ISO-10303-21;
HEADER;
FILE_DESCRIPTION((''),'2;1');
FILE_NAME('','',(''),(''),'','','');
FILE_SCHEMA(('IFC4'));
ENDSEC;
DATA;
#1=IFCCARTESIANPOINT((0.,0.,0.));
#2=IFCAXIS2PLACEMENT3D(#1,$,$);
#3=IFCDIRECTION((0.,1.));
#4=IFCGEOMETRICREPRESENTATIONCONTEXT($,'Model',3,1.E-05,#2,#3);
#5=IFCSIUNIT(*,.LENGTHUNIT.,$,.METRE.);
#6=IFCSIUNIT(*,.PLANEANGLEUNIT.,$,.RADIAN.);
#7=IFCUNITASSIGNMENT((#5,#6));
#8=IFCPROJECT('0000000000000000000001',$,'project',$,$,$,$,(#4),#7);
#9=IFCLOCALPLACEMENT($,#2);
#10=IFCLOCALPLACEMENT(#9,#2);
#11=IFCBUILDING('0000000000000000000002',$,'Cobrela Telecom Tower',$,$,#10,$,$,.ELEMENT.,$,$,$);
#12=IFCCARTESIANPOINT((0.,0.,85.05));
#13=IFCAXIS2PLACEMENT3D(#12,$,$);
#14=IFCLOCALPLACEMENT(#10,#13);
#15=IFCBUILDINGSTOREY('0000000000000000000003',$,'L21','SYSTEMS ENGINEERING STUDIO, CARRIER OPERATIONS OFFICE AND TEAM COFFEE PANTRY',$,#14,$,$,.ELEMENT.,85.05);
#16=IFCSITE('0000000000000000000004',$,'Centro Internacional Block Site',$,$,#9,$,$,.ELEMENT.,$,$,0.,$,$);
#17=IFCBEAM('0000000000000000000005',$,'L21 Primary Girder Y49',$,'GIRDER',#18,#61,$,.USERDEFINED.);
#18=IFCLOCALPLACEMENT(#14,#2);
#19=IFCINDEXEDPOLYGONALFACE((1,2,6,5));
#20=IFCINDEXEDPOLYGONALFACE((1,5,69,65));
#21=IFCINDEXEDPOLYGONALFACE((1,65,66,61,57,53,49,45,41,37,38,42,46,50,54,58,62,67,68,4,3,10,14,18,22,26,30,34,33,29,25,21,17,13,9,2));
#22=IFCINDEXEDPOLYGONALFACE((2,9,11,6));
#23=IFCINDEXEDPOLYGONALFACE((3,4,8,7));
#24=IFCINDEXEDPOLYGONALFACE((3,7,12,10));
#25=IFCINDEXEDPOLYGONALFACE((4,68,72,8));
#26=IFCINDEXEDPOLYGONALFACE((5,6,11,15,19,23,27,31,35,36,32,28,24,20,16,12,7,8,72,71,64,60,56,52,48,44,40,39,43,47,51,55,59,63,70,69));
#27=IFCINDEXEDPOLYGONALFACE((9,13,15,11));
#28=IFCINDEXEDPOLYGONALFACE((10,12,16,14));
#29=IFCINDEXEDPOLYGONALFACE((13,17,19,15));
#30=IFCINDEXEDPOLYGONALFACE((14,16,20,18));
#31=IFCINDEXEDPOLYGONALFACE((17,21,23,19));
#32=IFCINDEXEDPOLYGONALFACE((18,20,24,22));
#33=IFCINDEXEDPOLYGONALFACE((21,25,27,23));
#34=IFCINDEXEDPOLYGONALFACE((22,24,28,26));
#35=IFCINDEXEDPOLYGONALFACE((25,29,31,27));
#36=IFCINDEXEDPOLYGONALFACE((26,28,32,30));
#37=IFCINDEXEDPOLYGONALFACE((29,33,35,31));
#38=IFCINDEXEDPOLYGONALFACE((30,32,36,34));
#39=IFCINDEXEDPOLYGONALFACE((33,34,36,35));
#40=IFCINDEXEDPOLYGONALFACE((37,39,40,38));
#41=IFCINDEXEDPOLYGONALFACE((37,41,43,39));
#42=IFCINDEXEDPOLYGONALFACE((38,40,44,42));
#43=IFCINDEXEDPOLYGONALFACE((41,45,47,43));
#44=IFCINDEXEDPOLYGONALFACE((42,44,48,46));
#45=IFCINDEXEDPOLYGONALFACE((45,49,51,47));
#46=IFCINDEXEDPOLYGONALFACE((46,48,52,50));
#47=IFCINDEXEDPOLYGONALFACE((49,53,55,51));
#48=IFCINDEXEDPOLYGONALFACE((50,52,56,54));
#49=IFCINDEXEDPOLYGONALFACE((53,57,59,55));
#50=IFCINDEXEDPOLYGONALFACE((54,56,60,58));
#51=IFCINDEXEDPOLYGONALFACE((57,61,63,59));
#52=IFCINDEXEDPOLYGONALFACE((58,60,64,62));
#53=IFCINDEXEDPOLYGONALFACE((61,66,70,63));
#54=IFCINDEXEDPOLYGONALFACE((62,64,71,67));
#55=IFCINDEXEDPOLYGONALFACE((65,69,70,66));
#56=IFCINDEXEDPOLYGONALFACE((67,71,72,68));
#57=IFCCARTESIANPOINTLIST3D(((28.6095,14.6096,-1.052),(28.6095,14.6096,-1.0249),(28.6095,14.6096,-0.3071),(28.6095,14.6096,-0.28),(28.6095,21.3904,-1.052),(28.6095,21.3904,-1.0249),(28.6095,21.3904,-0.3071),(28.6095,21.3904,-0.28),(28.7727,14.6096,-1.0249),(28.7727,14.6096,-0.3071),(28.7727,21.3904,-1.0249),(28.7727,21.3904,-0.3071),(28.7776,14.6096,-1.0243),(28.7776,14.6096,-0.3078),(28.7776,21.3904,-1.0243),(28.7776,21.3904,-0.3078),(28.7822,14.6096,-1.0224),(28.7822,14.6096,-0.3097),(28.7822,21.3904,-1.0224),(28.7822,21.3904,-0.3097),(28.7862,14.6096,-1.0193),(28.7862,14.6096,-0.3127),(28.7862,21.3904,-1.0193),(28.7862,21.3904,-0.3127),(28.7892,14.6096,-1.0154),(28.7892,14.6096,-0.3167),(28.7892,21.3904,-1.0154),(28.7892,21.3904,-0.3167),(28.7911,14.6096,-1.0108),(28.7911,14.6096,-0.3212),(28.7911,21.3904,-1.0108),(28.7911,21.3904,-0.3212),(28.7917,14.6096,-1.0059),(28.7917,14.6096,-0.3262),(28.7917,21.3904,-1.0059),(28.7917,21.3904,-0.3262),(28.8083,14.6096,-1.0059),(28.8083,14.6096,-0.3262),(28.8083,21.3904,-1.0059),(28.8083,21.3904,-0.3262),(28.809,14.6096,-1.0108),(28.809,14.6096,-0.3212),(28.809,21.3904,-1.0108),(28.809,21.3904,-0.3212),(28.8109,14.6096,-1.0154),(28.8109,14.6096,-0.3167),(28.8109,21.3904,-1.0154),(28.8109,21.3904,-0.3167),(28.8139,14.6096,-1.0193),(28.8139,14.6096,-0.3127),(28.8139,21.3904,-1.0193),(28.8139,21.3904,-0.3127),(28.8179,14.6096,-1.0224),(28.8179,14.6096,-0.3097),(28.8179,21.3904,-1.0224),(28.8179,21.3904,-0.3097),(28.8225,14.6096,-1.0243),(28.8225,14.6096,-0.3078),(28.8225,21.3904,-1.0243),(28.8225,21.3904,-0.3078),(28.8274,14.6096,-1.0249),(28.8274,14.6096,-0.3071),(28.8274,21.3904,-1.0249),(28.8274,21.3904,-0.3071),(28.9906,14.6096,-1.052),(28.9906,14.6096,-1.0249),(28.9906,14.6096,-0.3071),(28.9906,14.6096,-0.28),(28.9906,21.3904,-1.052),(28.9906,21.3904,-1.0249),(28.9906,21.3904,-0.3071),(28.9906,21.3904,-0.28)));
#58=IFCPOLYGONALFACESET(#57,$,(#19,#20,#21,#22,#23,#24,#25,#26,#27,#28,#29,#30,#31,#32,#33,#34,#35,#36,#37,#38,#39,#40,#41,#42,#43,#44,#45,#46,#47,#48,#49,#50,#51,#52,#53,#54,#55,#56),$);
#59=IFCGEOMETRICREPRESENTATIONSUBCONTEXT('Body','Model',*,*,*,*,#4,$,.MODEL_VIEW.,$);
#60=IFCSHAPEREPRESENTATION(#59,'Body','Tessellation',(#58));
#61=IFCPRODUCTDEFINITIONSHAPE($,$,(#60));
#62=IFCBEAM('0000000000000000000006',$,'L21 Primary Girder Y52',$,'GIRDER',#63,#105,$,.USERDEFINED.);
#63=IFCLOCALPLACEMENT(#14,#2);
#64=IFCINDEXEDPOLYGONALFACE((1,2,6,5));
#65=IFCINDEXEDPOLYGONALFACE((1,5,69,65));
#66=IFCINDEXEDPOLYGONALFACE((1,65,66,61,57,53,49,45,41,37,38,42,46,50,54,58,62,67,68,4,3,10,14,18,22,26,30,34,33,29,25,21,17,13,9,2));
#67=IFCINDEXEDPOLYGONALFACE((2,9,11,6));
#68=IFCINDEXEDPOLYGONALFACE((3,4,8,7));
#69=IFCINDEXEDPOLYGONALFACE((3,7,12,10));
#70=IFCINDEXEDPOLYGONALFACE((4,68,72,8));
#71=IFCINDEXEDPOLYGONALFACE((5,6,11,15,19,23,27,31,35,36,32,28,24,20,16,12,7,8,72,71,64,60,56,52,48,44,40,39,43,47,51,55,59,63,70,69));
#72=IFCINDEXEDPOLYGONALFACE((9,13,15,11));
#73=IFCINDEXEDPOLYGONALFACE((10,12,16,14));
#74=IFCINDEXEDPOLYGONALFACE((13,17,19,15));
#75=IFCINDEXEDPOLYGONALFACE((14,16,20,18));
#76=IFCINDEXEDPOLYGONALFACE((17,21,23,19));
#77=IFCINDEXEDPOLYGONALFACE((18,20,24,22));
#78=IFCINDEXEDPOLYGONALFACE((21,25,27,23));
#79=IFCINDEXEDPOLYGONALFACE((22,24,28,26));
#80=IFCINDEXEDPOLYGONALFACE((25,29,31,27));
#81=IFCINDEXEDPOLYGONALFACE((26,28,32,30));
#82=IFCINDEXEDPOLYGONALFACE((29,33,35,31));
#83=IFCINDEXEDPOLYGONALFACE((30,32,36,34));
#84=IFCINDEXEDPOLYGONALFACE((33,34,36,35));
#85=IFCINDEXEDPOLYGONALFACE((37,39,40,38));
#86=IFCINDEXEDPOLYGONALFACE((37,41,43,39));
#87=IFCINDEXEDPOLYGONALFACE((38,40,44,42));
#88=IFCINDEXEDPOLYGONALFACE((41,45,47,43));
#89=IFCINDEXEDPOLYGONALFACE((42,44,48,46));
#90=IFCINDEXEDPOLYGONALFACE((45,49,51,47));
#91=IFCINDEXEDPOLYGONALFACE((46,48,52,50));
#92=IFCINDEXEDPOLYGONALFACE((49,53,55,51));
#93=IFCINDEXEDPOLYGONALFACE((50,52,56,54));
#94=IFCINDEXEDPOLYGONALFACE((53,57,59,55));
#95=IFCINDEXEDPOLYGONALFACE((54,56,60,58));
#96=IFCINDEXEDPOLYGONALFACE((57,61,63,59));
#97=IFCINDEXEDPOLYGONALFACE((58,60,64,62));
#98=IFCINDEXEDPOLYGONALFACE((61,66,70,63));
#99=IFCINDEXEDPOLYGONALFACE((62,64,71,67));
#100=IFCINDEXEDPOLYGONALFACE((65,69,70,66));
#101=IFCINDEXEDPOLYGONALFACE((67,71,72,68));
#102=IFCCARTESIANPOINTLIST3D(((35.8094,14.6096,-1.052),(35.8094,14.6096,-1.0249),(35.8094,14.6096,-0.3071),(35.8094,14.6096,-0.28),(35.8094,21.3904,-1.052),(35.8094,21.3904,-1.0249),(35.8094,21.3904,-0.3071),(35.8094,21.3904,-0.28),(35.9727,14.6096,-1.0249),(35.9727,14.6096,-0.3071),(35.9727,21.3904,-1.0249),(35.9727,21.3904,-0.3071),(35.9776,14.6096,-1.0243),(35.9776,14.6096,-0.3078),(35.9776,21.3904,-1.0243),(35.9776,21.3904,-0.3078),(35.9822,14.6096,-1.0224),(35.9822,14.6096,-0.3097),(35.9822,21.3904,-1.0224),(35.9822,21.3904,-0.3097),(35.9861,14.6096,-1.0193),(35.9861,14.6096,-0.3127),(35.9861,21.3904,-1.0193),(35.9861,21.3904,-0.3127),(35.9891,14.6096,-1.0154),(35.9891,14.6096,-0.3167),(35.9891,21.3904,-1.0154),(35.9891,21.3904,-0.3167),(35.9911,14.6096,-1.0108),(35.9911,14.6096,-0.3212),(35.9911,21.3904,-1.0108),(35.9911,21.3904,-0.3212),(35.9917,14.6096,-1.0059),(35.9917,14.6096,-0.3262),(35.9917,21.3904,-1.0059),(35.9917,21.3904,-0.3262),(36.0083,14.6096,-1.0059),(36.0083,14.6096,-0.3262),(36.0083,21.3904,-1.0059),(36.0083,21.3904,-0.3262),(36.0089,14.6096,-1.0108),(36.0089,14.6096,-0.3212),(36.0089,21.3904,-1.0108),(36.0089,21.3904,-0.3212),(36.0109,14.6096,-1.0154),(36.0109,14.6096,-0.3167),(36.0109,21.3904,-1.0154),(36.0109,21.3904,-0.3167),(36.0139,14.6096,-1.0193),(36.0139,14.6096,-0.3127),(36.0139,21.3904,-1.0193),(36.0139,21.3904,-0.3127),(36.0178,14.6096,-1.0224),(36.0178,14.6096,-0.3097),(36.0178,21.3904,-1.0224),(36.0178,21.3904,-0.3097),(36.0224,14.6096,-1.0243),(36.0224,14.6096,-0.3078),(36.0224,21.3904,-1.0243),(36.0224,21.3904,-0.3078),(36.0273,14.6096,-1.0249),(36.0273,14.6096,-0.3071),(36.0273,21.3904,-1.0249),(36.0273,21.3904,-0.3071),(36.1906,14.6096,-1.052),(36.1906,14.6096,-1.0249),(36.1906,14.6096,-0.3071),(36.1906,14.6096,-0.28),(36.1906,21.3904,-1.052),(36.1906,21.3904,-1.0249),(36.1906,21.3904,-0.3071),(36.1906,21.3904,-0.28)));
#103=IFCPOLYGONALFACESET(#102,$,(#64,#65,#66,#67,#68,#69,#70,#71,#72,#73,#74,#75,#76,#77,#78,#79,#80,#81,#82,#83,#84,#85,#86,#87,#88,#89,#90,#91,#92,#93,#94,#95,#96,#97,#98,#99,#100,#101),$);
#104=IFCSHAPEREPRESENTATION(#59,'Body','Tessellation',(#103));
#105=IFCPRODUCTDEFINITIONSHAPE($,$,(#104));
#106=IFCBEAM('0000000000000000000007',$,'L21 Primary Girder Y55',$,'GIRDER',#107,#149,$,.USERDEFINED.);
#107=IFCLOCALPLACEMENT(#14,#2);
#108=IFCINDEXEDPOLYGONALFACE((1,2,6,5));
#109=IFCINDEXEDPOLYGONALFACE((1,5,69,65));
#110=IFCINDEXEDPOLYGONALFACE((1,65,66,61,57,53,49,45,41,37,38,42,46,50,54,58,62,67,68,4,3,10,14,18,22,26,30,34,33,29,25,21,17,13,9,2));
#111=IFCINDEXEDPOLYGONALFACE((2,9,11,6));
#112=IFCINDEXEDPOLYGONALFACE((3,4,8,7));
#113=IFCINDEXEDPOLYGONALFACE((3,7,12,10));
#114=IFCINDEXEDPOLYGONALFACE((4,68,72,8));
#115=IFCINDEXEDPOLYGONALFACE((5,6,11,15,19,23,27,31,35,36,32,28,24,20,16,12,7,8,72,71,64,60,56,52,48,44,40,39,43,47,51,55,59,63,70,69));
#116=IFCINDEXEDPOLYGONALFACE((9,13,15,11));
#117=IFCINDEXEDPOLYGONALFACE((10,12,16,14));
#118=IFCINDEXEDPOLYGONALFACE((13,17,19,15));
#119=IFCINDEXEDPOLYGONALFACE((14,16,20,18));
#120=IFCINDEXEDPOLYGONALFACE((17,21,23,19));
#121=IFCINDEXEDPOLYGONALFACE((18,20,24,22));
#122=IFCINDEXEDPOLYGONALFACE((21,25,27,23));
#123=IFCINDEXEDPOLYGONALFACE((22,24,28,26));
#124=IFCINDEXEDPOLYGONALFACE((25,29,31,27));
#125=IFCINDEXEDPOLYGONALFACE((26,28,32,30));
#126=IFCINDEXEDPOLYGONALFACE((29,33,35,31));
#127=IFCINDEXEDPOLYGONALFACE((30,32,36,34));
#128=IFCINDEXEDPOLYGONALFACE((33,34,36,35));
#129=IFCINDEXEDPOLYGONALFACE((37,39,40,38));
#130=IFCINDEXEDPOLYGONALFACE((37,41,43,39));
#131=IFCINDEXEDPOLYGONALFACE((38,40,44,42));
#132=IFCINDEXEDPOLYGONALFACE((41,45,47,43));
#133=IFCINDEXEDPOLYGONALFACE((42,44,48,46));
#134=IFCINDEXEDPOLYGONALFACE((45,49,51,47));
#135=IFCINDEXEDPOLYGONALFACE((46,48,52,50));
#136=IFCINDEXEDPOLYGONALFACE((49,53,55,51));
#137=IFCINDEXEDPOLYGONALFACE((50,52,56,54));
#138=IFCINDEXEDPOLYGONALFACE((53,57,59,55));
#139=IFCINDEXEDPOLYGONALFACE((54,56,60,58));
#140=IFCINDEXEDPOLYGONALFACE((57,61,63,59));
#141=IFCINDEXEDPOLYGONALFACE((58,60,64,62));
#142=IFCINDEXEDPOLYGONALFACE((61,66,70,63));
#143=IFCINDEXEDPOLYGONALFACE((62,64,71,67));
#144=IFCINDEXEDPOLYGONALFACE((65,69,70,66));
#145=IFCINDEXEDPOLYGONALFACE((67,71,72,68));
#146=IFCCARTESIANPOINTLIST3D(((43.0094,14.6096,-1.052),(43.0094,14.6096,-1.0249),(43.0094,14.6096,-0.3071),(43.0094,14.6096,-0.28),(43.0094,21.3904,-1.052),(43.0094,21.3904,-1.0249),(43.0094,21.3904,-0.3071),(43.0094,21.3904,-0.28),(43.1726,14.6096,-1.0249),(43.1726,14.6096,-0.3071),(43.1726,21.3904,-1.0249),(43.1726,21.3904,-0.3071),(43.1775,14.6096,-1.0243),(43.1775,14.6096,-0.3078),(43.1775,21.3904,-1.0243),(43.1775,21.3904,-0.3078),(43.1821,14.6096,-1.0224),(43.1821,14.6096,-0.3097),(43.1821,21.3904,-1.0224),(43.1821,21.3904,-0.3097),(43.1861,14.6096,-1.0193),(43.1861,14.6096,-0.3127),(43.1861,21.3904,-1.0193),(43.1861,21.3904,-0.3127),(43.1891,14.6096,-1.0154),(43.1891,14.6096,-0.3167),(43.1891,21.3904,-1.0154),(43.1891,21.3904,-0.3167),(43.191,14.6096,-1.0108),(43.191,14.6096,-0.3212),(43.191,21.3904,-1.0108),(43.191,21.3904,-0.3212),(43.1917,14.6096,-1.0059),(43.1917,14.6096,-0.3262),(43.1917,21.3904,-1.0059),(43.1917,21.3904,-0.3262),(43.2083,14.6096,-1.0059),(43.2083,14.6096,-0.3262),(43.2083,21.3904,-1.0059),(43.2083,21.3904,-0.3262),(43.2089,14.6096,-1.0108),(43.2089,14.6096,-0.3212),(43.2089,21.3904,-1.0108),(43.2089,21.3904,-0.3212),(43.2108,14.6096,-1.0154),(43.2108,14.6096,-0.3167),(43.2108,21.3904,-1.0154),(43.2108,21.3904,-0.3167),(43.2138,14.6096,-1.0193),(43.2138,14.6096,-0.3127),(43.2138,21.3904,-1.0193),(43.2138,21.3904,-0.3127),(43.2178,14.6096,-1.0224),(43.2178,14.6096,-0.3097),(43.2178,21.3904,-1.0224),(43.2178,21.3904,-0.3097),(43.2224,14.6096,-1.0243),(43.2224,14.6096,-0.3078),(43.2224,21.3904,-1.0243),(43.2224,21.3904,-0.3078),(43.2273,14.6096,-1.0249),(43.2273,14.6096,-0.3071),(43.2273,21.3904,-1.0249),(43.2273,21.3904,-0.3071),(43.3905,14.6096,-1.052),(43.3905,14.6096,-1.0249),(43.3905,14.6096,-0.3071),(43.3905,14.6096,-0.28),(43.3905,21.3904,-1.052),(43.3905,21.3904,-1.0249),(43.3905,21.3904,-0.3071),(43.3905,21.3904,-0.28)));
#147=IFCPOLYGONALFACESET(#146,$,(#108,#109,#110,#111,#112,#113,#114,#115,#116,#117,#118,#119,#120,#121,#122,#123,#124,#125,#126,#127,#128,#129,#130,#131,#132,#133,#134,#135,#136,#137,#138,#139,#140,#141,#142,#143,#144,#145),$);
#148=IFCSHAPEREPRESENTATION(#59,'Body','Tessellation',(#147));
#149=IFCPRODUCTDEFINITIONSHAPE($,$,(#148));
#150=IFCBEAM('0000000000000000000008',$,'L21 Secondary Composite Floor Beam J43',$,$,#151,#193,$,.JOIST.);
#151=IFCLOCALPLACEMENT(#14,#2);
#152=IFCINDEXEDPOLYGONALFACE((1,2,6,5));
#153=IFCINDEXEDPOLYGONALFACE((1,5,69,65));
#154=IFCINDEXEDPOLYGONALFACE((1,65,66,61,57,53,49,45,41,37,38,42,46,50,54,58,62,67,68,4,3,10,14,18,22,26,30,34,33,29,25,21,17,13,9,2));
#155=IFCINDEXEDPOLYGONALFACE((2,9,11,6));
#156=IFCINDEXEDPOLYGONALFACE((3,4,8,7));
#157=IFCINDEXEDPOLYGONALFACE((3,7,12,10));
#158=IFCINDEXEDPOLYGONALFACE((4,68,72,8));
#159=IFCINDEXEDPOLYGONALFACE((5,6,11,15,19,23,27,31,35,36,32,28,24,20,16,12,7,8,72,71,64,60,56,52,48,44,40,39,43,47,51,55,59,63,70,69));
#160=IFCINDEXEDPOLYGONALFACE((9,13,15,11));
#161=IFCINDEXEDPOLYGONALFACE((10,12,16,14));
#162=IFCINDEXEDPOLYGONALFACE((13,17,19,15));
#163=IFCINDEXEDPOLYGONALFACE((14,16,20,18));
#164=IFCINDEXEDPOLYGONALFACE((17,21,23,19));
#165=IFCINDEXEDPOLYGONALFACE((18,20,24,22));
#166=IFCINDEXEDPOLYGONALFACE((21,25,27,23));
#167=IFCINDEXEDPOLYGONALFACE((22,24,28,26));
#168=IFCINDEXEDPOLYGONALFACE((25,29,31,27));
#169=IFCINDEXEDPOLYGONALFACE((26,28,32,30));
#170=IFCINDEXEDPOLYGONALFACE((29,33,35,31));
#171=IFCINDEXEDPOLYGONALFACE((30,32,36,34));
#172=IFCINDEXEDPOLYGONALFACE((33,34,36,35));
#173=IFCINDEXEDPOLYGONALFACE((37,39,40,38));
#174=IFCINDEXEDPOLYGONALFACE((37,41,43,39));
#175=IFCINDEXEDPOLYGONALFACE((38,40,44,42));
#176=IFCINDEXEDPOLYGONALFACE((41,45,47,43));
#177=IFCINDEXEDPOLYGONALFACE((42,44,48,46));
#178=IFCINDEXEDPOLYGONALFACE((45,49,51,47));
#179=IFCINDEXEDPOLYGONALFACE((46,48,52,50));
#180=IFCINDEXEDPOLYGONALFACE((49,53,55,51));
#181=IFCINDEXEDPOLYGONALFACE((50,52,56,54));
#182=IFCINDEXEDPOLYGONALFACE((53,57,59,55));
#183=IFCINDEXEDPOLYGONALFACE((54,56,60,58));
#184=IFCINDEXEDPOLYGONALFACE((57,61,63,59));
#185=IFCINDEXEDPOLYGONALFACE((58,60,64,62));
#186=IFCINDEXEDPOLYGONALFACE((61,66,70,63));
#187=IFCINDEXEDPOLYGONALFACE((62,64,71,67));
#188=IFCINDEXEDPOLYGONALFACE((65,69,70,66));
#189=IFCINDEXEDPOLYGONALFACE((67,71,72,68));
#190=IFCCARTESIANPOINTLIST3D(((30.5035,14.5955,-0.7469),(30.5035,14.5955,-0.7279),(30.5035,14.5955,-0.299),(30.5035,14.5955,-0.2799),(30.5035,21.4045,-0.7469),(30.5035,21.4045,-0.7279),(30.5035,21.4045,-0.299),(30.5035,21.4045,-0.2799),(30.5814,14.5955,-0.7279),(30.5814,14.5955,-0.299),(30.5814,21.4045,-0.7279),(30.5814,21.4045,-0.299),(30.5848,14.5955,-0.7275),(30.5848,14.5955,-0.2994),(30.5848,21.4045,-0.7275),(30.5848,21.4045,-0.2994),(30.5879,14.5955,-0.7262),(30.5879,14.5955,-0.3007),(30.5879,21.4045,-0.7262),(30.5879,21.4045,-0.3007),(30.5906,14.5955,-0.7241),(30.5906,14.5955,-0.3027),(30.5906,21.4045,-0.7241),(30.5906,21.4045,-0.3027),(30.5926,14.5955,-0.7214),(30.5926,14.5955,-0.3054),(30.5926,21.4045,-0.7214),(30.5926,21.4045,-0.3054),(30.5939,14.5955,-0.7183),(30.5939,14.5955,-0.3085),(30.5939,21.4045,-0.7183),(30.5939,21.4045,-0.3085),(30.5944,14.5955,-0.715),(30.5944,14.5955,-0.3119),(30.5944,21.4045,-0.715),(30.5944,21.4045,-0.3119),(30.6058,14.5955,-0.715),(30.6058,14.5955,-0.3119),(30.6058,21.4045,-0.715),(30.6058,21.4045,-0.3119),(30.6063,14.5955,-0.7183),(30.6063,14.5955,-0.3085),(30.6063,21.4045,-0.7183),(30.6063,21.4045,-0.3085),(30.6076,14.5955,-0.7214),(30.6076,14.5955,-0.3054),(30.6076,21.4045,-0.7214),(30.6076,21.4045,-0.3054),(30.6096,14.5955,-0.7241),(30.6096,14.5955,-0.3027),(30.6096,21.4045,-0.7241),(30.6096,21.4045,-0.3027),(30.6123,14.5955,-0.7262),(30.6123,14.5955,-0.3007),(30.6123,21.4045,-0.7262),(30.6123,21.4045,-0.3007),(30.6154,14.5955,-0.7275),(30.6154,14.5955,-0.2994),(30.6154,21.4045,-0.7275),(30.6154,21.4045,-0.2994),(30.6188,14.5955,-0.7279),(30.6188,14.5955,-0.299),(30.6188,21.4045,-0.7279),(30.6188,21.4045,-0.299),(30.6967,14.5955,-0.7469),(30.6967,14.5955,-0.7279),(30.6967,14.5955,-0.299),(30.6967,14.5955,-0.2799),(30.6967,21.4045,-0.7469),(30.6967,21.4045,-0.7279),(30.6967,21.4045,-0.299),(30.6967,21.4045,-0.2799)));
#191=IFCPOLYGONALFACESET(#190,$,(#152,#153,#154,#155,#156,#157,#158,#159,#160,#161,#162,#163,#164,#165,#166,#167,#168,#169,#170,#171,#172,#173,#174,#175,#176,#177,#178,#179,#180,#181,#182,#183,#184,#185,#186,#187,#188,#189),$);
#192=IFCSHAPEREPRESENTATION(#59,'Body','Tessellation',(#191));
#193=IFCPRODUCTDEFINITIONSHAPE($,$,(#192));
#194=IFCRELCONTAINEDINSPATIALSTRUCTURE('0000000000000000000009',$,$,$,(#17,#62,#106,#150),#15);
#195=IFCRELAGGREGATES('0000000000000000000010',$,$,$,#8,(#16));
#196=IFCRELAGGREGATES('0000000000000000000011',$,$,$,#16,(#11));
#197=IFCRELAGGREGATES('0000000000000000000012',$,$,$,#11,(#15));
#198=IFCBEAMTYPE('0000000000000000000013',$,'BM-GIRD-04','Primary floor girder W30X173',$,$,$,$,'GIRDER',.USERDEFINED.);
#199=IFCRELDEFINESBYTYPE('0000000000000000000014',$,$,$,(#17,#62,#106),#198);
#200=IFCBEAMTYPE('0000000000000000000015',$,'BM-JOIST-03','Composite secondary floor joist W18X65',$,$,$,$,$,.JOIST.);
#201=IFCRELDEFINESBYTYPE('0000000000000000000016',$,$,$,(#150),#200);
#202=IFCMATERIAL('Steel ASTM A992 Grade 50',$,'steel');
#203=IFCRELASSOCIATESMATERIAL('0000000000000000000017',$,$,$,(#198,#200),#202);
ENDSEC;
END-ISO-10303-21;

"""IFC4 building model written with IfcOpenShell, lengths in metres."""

from ifc_helpers import new_model, si_unit, direction, frame, origin, origin_2d, place, context, subcontext, project, spatial, i_section, extrude, material, material_profile, profile_set, type_object, element, save


model = new_model("IFC4")

# Units and contexts
model_context = context("Model", 3, precision=1e-05, world=origin(), true_north=direction((0.0, 1.0)))
body_context = subcontext(model_context, "Body", "Model", "MODEL_VIEW")
ifc_project = project(units=[si_unit("LENGTHUNIT", "METRE"), si_unit("PLANEANGLEUNIT", "RADIAN")], contexts=[model_context])

# Site, building, storey
site_placement = place(None, origin())
site = spatial("IfcSite", under=ifc_project, at=site_placement, Name="Centro Internacional Block Site", CompositionType="ELEMENT", RefElevation=0.0)
building_placement = place(site_placement, origin())
building = spatial("IfcBuilding", under=site, at=building_placement, Name="Cobrela Telecom Tower", CompositionType="ELEMENT")
storey_placement = place(building_placement, frame((0.0, 0.0, 85.05)))
storey = spatial("IfcBuildingStorey", under=building, at=storey_placement, Name="L21", Description="SYSTEMS ENGINEERING STUDIO, CARRIER OPERATIONS OFFICE AND TEAM COFFEE PANTRY", CompositionType="ELEMENT", Elevation=85.05)

# Shared definitions
ifc_material_1 = material(Name="Steel ASTM A992 Grade 50", Category="steel")

# Beams
ifc_material_profile_1 = material_profile(ifc_material_1, i_section(OverallWidth=0.3811, OverallDepth=0.772, WebThickness=0.0166, FlangeThickness=0.0271, FilletRadius=0.019, at=origin_2d()), Name="W30X173")
ifc_profile_set_1 = profile_set([ifc_material_profile_1], Name="Steel ASTM A992 Grade 50")
beam_type_1 = type_object("IfcBeamType", Name="BM-GIRD-04", Description="Primary floor girder W30X173", ElementType="GIRDER", PredefinedType="USERDEFINED", material=ifc_profile_set_1)
for number, where, z_axis, x_axis, name in (
    (1, (28.8, 14.6096, -0.666), (0.0, 1.0, 0.0), (-1.0, 0.0, 0.0), "L21 Primary Girder Y49"),
    (2, (36.0, 14.6096, -0.666), (0.0, 1.0, 0.0), (-1.0, 0.0, 0.0), "L21 Primary Girder Y52"),
    (3, (43.2, 14.6096, -0.666), (0.0, 1.0, 0.0), (-1.0, 0.0, 0.0), "L21 Primary Girder Y55"),
):
    element("IfcBeam", number, at=place(storey_placement, frame(where, z_axis=z_axis, x_axis=x_axis)), inside=storey, type_object=beam_type_1, Name=name, ObjectType="GIRDER", PredefinedType="USERDEFINED", context=body_context, shape_type="SweptSolid", body=[
        extrude(i_section(OverallWidth=0.3811, OverallDepth=0.772, WebThickness=0.0166, FlangeThickness=0.0271, FilletRadius=0.019, at=origin_2d()), origin(), (0.0, 0.0, 1.0), 6.7808),
    ])
ifc_material_profile_2 = material_profile(ifc_material_1, i_section(OverallWidth=0.1931, OverallDepth=0.467, WebThickness=0.0115, FlangeThickness=0.019, FilletRadius=0.0129, at=origin_2d()), Name="W18X65")
ifc_profile_set_2 = profile_set([ifc_material_profile_2], Name="Steel ASTM A992 Grade 50")
beam_type_2 = type_object("IfcBeamType", Name="BM-JOIST-03", Description="Composite secondary floor joist W18X65", PredefinedType="JOIST", material=ifc_profile_set_2)
for number, where, z_axis, x_axis, name in (
    (4, (30.6001, 14.5955, -0.5134), (0.0, 1.0, 0.0), (-1.0, 0.0, 0.0), "L21 Secondary Composite Floor Beam J43"),
):
    element("IfcBeam", number, at=place(storey_placement, frame(where, z_axis=z_axis, x_axis=x_axis)), inside=storey, type_object=beam_type_2, Name=name, PredefinedType="JOIST", context=body_context, shape_type="SweptSolid", body=[
        extrude(i_section(OverallWidth=0.1931, OverallDepth=0.467, WebThickness=0.0115, FlangeThickness=0.019, FilletRadius=0.0129, at=origin_2d()), origin(), (0.0, 0.0, 1.0), 6.8091),
    ])

save(model, "model.ifc")
